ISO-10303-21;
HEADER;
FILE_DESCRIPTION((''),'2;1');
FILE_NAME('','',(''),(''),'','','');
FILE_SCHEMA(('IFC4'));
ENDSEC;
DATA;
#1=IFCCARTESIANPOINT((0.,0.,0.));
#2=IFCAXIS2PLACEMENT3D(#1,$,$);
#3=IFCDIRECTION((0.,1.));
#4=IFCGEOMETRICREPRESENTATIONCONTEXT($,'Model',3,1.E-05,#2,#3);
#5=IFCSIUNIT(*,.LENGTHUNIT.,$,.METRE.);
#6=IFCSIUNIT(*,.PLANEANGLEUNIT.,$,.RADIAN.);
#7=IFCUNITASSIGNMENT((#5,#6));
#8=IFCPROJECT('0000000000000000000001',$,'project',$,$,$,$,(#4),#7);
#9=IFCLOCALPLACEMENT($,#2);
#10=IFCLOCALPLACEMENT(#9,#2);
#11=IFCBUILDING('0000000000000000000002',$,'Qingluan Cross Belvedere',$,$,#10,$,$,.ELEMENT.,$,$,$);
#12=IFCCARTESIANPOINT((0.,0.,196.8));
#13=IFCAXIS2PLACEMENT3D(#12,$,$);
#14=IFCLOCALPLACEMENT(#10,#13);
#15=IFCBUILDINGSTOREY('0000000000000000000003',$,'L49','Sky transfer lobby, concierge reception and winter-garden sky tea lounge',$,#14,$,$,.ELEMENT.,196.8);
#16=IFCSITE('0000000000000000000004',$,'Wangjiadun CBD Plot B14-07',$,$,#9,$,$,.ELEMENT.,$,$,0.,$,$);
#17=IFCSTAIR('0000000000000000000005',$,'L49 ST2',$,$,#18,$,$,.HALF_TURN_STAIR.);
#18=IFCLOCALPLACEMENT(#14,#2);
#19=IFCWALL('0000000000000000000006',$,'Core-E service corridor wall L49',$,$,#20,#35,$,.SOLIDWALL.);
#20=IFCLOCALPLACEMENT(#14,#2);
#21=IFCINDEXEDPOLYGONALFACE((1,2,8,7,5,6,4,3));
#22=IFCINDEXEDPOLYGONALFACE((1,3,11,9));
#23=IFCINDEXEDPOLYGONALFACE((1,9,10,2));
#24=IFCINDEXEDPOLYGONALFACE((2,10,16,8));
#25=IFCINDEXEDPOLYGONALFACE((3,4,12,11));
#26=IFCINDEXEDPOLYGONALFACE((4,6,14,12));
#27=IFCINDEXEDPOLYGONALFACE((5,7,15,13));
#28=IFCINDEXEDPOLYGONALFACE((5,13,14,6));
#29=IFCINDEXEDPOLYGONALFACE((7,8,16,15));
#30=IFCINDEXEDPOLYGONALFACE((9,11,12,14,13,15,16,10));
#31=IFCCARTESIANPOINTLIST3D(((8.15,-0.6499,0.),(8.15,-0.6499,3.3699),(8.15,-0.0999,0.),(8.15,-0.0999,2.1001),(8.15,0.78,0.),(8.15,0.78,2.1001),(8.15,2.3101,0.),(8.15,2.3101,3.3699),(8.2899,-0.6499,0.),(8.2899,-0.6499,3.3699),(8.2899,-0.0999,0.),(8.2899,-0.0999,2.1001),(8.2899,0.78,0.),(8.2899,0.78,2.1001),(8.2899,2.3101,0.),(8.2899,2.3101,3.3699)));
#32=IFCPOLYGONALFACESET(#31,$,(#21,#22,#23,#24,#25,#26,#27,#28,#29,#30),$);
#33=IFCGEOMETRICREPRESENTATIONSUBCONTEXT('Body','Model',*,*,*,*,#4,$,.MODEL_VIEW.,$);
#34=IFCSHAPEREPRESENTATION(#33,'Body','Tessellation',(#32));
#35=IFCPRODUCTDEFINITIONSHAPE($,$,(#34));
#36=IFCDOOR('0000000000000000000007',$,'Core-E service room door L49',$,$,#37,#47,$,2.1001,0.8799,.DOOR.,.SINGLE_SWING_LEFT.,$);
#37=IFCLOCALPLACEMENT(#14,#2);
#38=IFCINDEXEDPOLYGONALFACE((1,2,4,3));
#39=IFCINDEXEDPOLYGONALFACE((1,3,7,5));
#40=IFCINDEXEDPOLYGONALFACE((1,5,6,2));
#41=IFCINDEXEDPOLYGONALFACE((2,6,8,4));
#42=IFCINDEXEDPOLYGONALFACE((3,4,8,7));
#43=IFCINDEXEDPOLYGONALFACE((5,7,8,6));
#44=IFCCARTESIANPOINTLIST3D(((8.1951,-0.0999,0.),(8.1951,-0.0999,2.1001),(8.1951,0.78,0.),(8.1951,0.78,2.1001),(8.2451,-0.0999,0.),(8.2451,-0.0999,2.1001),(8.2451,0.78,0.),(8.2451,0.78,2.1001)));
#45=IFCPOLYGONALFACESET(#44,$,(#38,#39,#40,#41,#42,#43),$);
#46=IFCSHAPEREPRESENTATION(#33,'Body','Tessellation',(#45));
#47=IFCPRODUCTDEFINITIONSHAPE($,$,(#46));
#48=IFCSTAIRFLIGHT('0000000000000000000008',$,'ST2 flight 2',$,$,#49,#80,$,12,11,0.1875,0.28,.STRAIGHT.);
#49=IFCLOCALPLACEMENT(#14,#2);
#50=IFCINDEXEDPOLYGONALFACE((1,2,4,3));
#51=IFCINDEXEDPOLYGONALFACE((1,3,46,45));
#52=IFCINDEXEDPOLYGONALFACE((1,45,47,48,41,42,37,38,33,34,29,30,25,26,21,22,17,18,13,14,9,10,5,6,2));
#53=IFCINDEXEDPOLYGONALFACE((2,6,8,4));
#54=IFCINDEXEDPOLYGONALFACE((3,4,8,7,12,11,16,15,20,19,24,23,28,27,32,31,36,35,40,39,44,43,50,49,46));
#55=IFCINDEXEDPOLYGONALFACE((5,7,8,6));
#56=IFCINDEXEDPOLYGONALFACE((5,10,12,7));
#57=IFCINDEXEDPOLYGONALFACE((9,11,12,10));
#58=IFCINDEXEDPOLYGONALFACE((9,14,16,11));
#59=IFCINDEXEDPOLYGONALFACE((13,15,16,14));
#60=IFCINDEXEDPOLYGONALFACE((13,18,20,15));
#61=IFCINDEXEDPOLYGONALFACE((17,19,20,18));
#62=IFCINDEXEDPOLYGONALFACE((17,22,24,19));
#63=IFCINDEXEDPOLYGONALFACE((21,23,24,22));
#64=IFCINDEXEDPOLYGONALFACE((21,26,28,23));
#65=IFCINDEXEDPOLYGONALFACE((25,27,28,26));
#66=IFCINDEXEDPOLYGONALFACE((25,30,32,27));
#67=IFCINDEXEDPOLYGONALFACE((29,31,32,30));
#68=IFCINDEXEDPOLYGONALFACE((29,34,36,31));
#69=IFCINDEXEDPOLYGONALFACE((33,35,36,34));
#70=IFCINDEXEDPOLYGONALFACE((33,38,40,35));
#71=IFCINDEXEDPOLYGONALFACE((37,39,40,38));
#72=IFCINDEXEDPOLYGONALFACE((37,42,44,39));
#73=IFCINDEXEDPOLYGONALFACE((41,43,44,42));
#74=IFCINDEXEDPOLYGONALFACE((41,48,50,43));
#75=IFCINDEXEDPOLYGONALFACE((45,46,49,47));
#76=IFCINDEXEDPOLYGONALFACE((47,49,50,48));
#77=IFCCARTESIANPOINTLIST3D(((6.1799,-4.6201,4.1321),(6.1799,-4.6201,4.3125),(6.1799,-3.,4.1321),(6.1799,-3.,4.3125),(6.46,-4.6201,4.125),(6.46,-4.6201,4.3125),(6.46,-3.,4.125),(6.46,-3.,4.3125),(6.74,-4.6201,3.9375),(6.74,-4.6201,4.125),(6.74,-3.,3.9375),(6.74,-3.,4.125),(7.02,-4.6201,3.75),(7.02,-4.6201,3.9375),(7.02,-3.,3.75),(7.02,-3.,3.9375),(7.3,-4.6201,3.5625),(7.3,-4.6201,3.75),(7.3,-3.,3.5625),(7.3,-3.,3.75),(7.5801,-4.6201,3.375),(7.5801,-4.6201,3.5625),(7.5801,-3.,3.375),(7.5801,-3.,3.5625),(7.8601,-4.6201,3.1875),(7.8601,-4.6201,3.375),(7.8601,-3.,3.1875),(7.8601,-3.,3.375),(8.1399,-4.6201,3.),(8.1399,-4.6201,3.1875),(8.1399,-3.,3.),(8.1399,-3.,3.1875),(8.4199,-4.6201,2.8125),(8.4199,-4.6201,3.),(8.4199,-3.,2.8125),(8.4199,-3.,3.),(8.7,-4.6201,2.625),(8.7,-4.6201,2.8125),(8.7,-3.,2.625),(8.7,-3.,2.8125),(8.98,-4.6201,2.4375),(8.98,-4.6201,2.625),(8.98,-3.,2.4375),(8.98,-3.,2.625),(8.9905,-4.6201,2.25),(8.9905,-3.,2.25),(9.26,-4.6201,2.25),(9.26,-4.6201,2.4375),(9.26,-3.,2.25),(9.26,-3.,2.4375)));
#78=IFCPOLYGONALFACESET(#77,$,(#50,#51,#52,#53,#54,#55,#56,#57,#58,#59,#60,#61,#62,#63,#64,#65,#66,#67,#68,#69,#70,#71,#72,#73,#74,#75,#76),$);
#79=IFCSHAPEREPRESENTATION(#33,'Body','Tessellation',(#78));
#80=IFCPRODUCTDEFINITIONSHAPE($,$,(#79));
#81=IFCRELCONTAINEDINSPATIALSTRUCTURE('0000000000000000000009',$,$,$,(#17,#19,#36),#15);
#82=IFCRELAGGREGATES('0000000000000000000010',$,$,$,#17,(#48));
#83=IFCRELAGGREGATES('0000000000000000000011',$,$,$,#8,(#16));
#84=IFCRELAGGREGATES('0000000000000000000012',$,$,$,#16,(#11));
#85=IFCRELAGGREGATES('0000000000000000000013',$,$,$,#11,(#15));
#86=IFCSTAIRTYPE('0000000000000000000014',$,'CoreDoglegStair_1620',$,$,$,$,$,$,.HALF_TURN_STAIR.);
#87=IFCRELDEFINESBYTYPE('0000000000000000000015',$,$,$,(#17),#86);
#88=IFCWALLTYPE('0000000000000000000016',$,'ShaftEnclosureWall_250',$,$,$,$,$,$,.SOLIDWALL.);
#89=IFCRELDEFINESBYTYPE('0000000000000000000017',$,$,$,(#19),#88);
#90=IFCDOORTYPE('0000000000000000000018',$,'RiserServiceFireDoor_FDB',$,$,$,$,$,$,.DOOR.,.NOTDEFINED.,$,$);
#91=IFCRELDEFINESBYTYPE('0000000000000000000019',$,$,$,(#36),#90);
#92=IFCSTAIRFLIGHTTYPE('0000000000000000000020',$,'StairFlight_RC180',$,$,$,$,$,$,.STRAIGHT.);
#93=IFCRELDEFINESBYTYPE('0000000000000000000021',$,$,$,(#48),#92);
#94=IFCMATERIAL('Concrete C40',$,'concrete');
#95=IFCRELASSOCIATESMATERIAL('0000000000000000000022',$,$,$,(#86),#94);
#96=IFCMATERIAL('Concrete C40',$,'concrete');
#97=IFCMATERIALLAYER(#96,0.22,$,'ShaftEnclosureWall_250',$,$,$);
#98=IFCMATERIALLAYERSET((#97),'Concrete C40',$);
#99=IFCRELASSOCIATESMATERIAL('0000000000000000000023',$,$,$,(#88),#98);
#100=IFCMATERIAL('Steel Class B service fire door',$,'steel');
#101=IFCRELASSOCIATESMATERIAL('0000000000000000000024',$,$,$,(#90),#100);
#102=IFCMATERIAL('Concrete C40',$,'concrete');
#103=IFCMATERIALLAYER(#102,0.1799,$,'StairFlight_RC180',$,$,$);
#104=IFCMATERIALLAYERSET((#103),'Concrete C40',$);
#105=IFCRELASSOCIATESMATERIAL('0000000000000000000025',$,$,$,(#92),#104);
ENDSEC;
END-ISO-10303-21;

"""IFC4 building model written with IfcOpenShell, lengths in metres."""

from ifc_helpers import new_model, si_unit, direction, frame, frame_2d, origin, place, context, subcontext, project, spatial, polyline, rectangle, outline, extrude, material, layer, layer_set, type_object, element, fill, aggregate, save


model = new_model("IFC4")

# Units and contexts
model_context = context("Model", 3, precision=1e-05, world=origin(), true_north=direction((0.0, 1.0)))
body_context = subcontext(model_context, "Body", "Model", "MODEL_VIEW")
ifc_project = project(units=[si_unit("LENGTHUNIT", "METRE"), si_unit("PLANEANGLEUNIT", "RADIAN")], contexts=[model_context])

# Site, building, storey
site_placement = place(None, origin())
site = spatial("IfcSite", under=ifc_project, at=site_placement, Name="Wangjiadun CBD Plot B14-07", CompositionType="ELEMENT", RefElevation=0.0)
building_placement = place(site_placement, origin())
building = spatial("IfcBuilding", under=site, at=building_placement, Name="Qingluan Cross Belvedere", CompositionType="ELEMENT")
storey_placement = place(building_placement, frame((0.0, 0.0, 196.8)))
storey = spatial("IfcBuildingStorey", under=building, at=storey_placement, Name="L49", Description="Sky transfer lobby, concierge reception and winter-garden sky tea lounge", CompositionType="ELEMENT", Elevation=196.8)

# Stair
ifc_material_1 = material(Name="Concrete C40", Category="concrete")
stair_type = type_object("IfcStairType", Name="CoreDoglegStair_1620", PredefinedType="HALF_TURN_STAIR", material=ifc_material_1)
stair_1_placement = place(storey_placement, origin())
stair_1 = element("IfcStair", 1, at=stair_1_placement, inside=storey, type_object=stair_type, Name="L49 ST2", PredefinedType="HALF_TURN_STAIR")

# Shared definitions
ifc_material_2 = material(Name="Concrete C40", Category="concrete")
ifc_layer_1 = layer(ifc_material_2, 0.22, Name="ShaftEnclosureWall_250")
ifc_layer_set_1 = layer_set([ifc_layer_1], Name="Concrete C40")
wall_type_1 = type_object("IfcWallType", Name="ShaftEnclosureWall_250", PredefinedType="SOLIDWALL", material=ifc_layer_set_1)

# Wall, opening, door
wall_1_placement = place(storey_placement, frame((8.22, -0.6499, 0.0), z_axis=(0.0, 0.0, 1.0), x_axis=(0.0, 1.0, 0.0)))
wall_1 = element("IfcWall", 2, at=wall_1_placement, inside=storey, type_object=wall_type_1, Name="Core-E service corridor wall L49", PredefinedType="SOLIDWALL", context=body_context, shape_type="SweptSolid", body=[
    extrude(rectangle(XDim=2.96, YDim=0.1399, at=frame_2d((1.48, 0.0))), origin(), (0.0, 0.0, 1.0), 3.3699),
])
opening_1_placement = place(wall_1_placement, frame((0.55, 0.0, 0.0)))
opening_1 = element("IfcOpeningElement", 3, at=opening_1_placement, cuts=wall_1, PredefinedType="OPENING", context=body_context, shape_type="SweptSolid", body=[
    extrude(rectangle(XDim=0.8799, YDim=2.1001, at=frame_2d((0.4399, 1.05))), frame((0.0, 0.0798, 0.0), z_axis=(0.0, -1.0, 0.0), x_axis=(1.0, 0.0, 0.0)), (0.0, 0.0, 1.0), 0.1599),
])
ifc_material_3 = material(Name="Steel Class B service fire door", Category="steel")
door_type_1 = type_object("IfcDoorType", Name="RiserServiceFireDoor_FDB", OperationType="NOTDEFINED", PredefinedType="DOOR", material=ifc_material_3)
door_1_placement = place(opening_1_placement, origin())
door_1 = element("IfcDoor", 4, at=door_1_placement, inside=storey, type_object=door_type_1, Name="Core-E service room door L49", OperationType="SINGLE_SWING_LEFT", OverallHeight=2.1001, OverallWidth=0.8799, PredefinedType="DOOR", context=body_context, shape_type="SweptSolid", body=[
    extrude(rectangle(XDim=0.8799, YDim=2.1001, at=frame_2d((0.4399, 1.05))), frame((0.0, 0.0249, 0.0), z_axis=(0.0, -1.0, 0.0), x_axis=(1.0, 0.0, 0.0)), (0.0, 0.0, 1.0), 0.05),
])
fill(opening_1, door_1)

# Stair flight
ifc_material_4 = material(Name="Concrete C40", Category="concrete")
ifc_layer_2 = layer(ifc_material_4, 0.1799, Name="StairFlight_RC180")
ifc_layer_set_2 = layer_set([ifc_layer_2], Name="Concrete C40")
stair_flight_type = type_object("IfcStairFlightType", Name="StairFlight_RC180", PredefinedType="STRAIGHT", material=ifc_layer_set_2)
stair_flight_placement = place(storey_placement, frame((9.26, -3.8101, 2.25), z_axis=(0.0, 0.0, 1.0), x_axis=(-1.0, 0.0, 0.0)))
stair_flight = element("IfcStairFlight", 5, at=stair_flight_placement, type_object=stair_flight_type, Name="ST2 flight 2", NumberOfRisers=12, NumberOfTreads=11, PredefinedType="STRAIGHT", RiserHeight=0.1875, TreadLength=0.28, context=body_context, shape_type="SweptSolid", body=[
    extrude(outline(polyline([(0.0, 0.0), (0.0, 0.1875), (0.28, 0.1875), (0.28, 0.375), (0.5601, 0.375), (0.5601, 0.5625), (0.8401, 0.5625), (0.8401, 0.75), (1.1201, 0.75), (1.1201, 0.9375), (1.3999, 0.9375), (1.3999, 1.125), (1.6799, 1.125), (1.6799, 1.3125), (1.96, 1.3125), (1.96, 1.5), (2.24, 1.5), (2.24, 1.6875), (2.52, 1.6875), (2.52, 1.875), (2.8, 1.875), (2.8, 2.0625), (3.0801, 2.0625), (3.0801, 2.25), (3.0801, 1.8821), (0.2695, 0.0), (0.0, 0.0)])), frame((0.0, 0.8101, 0.0), z_axis=(0.0, -1.0, 0.0), x_axis=(1.0, 0.0, 0.0)), (0.0, 0.0, 1.0), 1.6201),
])
aggregate(stair_1, [stair_flight])

save(model, "model.ifc")
